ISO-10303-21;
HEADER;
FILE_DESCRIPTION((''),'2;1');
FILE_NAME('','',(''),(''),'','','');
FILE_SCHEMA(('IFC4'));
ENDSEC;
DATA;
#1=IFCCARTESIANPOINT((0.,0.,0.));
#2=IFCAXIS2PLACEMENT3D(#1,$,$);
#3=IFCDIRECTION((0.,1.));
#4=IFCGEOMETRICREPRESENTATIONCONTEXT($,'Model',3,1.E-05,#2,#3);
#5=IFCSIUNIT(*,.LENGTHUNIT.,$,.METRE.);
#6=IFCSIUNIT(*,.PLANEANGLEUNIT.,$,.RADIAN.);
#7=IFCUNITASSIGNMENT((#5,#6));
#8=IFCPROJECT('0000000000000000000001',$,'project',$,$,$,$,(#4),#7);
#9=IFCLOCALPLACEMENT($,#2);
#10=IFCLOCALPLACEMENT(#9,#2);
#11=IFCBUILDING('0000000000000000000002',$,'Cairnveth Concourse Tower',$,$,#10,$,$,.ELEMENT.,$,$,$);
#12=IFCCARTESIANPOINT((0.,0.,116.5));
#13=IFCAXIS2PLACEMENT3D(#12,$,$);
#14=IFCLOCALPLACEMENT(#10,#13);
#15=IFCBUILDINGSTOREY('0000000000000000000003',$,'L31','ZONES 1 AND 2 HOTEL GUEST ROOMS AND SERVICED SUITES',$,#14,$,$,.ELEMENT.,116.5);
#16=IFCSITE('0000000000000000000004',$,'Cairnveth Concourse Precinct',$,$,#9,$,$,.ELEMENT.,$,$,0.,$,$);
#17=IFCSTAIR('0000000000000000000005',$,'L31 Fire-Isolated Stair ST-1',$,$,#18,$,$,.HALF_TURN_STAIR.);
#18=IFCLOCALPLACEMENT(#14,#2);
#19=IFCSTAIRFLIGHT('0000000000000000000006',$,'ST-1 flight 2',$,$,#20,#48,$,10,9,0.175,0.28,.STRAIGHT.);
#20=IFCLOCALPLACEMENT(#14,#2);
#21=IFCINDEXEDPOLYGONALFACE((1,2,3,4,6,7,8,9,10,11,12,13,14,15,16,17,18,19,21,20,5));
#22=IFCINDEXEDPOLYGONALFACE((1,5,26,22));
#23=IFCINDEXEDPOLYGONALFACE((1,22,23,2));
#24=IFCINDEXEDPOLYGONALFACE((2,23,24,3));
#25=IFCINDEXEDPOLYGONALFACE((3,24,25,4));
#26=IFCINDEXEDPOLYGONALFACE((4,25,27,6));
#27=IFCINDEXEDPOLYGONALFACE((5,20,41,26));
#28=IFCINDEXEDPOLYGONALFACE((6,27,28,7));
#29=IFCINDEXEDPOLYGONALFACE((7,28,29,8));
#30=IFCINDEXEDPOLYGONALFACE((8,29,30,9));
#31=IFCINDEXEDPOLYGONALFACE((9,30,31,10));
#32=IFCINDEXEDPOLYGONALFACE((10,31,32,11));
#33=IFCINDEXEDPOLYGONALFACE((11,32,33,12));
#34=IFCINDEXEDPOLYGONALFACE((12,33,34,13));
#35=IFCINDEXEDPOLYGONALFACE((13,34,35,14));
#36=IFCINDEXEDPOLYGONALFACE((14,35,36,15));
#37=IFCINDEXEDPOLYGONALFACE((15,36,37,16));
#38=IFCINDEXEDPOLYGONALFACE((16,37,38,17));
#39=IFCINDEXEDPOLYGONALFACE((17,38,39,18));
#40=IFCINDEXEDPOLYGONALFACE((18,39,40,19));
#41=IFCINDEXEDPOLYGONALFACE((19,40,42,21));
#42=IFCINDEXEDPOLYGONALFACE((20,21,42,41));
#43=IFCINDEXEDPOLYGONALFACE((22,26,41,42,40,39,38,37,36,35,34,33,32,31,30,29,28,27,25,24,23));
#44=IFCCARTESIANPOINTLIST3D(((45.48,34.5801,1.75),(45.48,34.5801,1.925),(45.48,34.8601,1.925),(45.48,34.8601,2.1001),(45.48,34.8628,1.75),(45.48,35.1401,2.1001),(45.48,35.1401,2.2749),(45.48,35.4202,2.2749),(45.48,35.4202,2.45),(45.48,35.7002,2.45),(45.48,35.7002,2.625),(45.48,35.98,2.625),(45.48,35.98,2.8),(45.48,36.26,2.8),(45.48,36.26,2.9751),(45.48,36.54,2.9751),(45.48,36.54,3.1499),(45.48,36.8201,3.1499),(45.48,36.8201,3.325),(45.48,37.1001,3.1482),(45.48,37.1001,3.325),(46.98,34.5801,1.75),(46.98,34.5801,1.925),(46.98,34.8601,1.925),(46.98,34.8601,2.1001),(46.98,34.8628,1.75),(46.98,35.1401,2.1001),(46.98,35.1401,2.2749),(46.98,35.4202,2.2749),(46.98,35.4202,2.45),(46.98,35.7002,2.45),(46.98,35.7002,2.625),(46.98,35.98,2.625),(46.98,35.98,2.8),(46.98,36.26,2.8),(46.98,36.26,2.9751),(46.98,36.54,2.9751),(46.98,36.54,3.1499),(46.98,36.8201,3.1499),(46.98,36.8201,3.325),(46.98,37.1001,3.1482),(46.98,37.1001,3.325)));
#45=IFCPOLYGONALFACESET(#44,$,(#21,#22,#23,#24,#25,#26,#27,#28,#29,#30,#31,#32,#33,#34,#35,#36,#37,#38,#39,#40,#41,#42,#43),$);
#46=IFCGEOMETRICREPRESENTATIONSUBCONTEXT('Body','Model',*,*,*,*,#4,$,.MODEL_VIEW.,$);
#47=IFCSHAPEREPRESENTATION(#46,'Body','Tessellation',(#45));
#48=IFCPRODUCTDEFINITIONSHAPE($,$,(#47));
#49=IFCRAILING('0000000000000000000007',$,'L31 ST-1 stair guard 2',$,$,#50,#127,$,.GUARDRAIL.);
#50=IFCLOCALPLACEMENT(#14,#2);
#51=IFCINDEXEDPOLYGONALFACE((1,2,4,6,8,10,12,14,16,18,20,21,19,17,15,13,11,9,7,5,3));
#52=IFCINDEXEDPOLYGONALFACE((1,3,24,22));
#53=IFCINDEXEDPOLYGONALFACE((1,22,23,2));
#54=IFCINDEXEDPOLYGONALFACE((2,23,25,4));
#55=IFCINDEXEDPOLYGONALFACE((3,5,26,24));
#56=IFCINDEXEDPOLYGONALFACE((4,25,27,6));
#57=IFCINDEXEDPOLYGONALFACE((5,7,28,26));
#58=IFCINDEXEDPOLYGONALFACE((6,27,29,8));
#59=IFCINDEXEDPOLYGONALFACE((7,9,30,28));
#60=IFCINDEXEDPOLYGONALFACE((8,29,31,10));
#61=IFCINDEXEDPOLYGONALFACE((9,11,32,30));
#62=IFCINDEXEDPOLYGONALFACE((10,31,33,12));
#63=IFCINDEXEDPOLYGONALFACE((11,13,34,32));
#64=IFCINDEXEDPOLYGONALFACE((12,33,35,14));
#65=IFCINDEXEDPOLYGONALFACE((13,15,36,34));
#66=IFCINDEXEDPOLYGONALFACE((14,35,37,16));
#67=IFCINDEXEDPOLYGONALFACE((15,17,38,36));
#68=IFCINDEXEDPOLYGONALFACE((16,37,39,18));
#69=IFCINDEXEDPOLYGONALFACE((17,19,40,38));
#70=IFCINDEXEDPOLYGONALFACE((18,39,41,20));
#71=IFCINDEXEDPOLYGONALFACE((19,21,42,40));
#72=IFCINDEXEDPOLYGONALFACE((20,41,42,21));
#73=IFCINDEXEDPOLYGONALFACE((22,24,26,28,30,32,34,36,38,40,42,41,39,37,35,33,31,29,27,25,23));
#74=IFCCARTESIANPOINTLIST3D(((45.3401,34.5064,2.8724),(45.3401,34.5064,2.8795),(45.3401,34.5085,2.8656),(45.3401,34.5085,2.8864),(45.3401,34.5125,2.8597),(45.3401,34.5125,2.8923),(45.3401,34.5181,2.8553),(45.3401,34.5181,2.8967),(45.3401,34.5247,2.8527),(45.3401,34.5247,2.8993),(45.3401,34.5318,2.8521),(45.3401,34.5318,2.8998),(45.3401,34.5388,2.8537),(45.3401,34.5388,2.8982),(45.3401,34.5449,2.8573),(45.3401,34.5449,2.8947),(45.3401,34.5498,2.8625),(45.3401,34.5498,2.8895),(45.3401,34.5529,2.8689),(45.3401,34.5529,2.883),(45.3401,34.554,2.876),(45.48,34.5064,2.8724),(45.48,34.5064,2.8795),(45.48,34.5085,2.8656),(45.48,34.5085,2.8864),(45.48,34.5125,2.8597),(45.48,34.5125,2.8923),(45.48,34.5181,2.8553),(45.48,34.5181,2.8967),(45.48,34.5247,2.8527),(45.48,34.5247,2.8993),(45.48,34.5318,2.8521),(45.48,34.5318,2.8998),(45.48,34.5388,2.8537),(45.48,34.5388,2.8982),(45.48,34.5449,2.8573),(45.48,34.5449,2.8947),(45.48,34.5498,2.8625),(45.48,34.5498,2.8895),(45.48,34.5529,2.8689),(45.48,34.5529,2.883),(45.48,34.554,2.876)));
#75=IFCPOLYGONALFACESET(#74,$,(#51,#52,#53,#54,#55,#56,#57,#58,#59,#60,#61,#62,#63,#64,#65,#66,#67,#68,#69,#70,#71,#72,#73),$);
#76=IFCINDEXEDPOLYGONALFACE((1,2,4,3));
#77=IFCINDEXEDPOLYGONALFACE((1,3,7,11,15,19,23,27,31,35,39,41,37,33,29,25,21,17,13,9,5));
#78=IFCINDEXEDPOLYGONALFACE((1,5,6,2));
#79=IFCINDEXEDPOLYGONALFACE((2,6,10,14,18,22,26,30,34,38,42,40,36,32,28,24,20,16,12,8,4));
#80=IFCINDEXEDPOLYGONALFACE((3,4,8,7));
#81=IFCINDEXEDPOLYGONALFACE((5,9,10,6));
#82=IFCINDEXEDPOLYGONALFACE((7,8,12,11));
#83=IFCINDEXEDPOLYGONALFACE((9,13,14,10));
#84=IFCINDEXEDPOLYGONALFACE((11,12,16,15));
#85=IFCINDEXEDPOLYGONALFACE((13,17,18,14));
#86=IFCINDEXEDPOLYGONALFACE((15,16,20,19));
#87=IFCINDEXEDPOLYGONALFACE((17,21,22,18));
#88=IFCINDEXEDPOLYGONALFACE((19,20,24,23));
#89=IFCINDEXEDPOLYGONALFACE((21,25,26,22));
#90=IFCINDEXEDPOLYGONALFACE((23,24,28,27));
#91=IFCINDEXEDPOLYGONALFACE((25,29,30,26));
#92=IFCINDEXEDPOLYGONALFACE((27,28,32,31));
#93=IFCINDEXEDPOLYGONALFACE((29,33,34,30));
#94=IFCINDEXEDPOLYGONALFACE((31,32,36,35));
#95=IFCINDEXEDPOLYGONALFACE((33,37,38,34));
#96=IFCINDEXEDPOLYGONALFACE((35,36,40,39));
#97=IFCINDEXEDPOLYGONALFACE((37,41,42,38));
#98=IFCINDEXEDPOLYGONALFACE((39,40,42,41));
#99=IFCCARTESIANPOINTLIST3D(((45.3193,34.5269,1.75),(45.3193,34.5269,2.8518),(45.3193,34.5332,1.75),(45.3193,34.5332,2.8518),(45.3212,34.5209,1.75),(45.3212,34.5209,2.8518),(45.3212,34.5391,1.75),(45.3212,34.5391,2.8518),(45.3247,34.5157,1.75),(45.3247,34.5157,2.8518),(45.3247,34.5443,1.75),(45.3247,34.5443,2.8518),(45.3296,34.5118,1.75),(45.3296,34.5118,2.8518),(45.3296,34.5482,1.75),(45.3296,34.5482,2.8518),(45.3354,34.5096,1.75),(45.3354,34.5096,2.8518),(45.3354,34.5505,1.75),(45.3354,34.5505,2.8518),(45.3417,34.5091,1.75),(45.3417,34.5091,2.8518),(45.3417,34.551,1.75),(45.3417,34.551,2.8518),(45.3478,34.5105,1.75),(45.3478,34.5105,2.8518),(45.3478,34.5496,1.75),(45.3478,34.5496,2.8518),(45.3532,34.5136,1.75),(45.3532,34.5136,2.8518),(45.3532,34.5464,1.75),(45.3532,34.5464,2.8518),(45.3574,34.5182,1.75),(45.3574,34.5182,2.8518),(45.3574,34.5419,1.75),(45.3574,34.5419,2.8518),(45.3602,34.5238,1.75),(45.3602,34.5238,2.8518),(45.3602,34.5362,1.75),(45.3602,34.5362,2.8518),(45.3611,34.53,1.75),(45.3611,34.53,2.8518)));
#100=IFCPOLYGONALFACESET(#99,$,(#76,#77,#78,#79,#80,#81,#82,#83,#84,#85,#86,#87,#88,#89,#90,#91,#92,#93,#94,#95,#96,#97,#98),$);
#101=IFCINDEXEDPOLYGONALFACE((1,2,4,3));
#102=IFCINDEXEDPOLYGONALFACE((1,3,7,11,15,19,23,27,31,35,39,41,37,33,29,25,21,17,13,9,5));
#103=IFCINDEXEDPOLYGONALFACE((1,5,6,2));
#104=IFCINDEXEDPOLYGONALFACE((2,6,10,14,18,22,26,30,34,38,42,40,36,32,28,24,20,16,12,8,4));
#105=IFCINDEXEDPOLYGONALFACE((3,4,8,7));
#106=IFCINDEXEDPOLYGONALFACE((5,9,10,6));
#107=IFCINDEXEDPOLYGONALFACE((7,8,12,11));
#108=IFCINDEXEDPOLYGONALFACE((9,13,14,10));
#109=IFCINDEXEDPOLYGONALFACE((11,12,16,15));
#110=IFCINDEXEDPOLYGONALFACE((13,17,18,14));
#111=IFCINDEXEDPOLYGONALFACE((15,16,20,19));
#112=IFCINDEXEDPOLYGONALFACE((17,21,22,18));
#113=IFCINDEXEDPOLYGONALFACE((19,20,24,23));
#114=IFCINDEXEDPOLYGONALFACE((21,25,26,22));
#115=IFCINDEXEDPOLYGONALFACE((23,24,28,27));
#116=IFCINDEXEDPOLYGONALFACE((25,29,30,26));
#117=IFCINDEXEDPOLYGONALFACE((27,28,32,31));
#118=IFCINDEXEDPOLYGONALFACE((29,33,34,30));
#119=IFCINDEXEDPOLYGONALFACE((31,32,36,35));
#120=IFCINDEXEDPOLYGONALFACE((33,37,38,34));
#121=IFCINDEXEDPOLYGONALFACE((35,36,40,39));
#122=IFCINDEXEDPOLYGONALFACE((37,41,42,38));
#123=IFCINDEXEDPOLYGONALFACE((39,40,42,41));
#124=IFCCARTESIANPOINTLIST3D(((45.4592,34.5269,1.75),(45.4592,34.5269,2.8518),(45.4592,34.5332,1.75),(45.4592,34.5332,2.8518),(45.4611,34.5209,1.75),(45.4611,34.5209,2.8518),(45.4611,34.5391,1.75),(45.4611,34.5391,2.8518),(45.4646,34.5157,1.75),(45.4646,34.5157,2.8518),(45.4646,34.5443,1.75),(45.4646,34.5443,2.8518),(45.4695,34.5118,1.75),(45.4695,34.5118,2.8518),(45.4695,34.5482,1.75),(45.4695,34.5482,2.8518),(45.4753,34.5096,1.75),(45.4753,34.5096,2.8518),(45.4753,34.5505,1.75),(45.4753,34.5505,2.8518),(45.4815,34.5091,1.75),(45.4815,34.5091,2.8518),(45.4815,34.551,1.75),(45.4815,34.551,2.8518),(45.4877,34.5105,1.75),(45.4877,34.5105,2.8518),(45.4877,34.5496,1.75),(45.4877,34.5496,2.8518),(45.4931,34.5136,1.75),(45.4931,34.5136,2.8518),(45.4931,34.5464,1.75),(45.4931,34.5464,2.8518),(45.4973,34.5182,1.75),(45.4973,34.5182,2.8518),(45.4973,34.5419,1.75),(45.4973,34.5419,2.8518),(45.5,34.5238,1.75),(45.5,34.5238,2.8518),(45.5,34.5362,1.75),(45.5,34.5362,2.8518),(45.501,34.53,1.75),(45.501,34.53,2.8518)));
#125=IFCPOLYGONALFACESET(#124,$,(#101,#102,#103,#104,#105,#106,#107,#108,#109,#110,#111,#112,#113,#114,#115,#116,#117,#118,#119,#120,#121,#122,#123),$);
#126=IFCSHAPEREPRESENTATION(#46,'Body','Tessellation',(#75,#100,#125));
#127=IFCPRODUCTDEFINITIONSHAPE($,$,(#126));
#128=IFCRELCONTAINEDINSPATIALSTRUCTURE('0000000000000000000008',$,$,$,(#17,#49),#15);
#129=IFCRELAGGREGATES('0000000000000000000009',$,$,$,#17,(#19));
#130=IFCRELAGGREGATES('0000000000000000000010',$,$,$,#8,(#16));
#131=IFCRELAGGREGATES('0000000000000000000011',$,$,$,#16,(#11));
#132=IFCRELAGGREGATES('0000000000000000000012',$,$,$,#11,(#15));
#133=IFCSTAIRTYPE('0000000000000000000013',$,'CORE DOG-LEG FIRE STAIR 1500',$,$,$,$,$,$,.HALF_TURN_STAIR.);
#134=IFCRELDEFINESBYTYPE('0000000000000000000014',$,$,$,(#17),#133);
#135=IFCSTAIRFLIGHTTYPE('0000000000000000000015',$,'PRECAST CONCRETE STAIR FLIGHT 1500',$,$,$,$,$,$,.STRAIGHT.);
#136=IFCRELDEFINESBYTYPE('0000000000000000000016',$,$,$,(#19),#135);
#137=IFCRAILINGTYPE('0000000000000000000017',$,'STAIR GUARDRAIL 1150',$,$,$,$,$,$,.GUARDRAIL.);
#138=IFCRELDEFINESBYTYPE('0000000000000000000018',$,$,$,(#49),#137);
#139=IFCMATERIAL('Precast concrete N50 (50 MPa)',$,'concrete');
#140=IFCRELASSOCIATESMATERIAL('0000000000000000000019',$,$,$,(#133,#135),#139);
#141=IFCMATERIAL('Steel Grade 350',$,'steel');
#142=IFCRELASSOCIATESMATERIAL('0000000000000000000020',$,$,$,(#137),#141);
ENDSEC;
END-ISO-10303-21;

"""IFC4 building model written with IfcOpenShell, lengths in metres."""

from ifc_helpers import new_model, si_unit, direction, frame, origin, origin_2d, place, context, subcontext, project, spatial, polyline, circle, outline, extrude, material, type_object, element, aggregate, save


model = new_model("IFC4")

# Units and contexts
model_context = context("Model", 3, precision=1e-05, world=origin(), true_north=direction((0.0, 1.0)))
body_context = subcontext(model_context, "Body", "Model", "MODEL_VIEW")
ifc_project = project(units=[si_unit("LENGTHUNIT", "METRE"), si_unit("PLANEANGLEUNIT", "RADIAN")], contexts=[model_context])

# Site, building, storey
site_placement = place(None, origin())
site = spatial("IfcSite", under=ifc_project, at=site_placement, Name="Cairnveth Concourse Precinct", CompositionType="ELEMENT", RefElevation=0.0)
building_placement = place(site_placement, origin())
building = spatial("IfcBuilding", under=site, at=building_placement, Name="Cairnveth Concourse Tower", CompositionType="ELEMENT")
storey_placement = place(building_placement, frame((0.0, 0.0, 116.5)))
storey = spatial("IfcBuildingStorey", under=building, at=storey_placement, Name="L31", Description="ZONES 1 AND 2 HOTEL GUEST ROOMS AND SERVICED SUITES", CompositionType="ELEMENT", Elevation=116.5)

# Stair, stair flight
ifc_material_1 = material(Name="Precast concrete N50 (50 MPa)", Category="concrete")
stair_type = type_object("IfcStairType", Name="CORE DOG-LEG FIRE STAIR 1500", PredefinedType="HALF_TURN_STAIR", material=ifc_material_1)
stair_placement = place(storey_placement, origin())
stair = element("IfcStair", 1, at=stair_placement, inside=storey, type_object=stair_type, Name="L31 Fire-Isolated Stair ST-1", PredefinedType="HALF_TURN_STAIR")
stair_flight_type = type_object("IfcStairFlightType", Name="PRECAST CONCRETE STAIR FLIGHT 1500", PredefinedType="STRAIGHT", material=ifc_material_1)
stair_flight_1_placement = place(storey_placement, frame((46.23, 34.5801, 1.75), z_axis=(0.0, 0.0, 1.0), x_axis=(0.0, 1.0, 0.0)))
stair_flight_1 = element("IfcStairFlight", 2, at=stair_flight_1_placement, type_object=stair_flight_type, Name="ST-1 flight 2", NumberOfRisers=10, NumberOfTreads=9, PredefinedType="STRAIGHT", RiserHeight=0.175, TreadLength=0.28, context=body_context, shape_type="SweptSolid", body=[
    extrude(outline(polyline([(0.0, 0.0), (0.0, 0.175), (0.28, 0.175), (0.28, 0.3501), (0.5601, 0.3501), (0.5601, 0.5249), (0.8401, 0.5249), (0.8401, 0.7), (1.1201, 0.7), (1.1201, 0.875), (1.3999, 0.875), (1.3999, 1.05), (1.6799, 1.05), (1.6799, 1.2251), (1.96, 1.2251), (1.96, 1.3999), (2.24, 1.3999), (2.24, 1.575), (2.52, 1.575), (2.52, 1.75), (2.52, 1.3982), (0.2827, 0.0), (0.0, 0.0)])), frame((0.0, 0.75, 0.0), z_axis=(0.0, -1.0, 0.0), x_axis=(1.0, 0.0, 0.0)), (0.0, 0.0, 1.0), 1.5),
])
aggregate(stair, [stair_flight_1])

# Railing
ifc_material_2 = material(Name="Steel Grade 350", Category="steel")
railing_type_1 = type_object("IfcRailingType", Name="STAIR GUARDRAIL 1150", PredefinedType="GUARDRAIL", material=ifc_material_2)
railing_1_placement = place(storey_placement, frame((45.3401, 34.53, 1.75)))
element("IfcRailing", 3, at=railing_1_placement, inside=storey, type_object=railing_type_1, Name="L31 ST-1 stair guard 2", PredefinedType="GUARDRAIL", context=body_context, shape_type="SweptSolid", body=[
    extrude(circle(Radius=0.0239, at=origin_2d()), frame((0.0, 0.0, 1.126), z_axis=(1.0, 0.0, 0.0), x_axis=(0.0, 1.0, 0.0)), (0.0, 0.0, 1.0), 0.1399),
    extrude(circle(Radius=0.021, at=origin_2d()), origin(), (0.0, 0.0, 1.0), 1.1018),
    extrude(circle(Radius=0.021, at=origin_2d()), frame((0.1399, 0.0, 0.0)), (0.0, 0.0, 1.0), 1.1018),
])

save(model, "model.ifc")
